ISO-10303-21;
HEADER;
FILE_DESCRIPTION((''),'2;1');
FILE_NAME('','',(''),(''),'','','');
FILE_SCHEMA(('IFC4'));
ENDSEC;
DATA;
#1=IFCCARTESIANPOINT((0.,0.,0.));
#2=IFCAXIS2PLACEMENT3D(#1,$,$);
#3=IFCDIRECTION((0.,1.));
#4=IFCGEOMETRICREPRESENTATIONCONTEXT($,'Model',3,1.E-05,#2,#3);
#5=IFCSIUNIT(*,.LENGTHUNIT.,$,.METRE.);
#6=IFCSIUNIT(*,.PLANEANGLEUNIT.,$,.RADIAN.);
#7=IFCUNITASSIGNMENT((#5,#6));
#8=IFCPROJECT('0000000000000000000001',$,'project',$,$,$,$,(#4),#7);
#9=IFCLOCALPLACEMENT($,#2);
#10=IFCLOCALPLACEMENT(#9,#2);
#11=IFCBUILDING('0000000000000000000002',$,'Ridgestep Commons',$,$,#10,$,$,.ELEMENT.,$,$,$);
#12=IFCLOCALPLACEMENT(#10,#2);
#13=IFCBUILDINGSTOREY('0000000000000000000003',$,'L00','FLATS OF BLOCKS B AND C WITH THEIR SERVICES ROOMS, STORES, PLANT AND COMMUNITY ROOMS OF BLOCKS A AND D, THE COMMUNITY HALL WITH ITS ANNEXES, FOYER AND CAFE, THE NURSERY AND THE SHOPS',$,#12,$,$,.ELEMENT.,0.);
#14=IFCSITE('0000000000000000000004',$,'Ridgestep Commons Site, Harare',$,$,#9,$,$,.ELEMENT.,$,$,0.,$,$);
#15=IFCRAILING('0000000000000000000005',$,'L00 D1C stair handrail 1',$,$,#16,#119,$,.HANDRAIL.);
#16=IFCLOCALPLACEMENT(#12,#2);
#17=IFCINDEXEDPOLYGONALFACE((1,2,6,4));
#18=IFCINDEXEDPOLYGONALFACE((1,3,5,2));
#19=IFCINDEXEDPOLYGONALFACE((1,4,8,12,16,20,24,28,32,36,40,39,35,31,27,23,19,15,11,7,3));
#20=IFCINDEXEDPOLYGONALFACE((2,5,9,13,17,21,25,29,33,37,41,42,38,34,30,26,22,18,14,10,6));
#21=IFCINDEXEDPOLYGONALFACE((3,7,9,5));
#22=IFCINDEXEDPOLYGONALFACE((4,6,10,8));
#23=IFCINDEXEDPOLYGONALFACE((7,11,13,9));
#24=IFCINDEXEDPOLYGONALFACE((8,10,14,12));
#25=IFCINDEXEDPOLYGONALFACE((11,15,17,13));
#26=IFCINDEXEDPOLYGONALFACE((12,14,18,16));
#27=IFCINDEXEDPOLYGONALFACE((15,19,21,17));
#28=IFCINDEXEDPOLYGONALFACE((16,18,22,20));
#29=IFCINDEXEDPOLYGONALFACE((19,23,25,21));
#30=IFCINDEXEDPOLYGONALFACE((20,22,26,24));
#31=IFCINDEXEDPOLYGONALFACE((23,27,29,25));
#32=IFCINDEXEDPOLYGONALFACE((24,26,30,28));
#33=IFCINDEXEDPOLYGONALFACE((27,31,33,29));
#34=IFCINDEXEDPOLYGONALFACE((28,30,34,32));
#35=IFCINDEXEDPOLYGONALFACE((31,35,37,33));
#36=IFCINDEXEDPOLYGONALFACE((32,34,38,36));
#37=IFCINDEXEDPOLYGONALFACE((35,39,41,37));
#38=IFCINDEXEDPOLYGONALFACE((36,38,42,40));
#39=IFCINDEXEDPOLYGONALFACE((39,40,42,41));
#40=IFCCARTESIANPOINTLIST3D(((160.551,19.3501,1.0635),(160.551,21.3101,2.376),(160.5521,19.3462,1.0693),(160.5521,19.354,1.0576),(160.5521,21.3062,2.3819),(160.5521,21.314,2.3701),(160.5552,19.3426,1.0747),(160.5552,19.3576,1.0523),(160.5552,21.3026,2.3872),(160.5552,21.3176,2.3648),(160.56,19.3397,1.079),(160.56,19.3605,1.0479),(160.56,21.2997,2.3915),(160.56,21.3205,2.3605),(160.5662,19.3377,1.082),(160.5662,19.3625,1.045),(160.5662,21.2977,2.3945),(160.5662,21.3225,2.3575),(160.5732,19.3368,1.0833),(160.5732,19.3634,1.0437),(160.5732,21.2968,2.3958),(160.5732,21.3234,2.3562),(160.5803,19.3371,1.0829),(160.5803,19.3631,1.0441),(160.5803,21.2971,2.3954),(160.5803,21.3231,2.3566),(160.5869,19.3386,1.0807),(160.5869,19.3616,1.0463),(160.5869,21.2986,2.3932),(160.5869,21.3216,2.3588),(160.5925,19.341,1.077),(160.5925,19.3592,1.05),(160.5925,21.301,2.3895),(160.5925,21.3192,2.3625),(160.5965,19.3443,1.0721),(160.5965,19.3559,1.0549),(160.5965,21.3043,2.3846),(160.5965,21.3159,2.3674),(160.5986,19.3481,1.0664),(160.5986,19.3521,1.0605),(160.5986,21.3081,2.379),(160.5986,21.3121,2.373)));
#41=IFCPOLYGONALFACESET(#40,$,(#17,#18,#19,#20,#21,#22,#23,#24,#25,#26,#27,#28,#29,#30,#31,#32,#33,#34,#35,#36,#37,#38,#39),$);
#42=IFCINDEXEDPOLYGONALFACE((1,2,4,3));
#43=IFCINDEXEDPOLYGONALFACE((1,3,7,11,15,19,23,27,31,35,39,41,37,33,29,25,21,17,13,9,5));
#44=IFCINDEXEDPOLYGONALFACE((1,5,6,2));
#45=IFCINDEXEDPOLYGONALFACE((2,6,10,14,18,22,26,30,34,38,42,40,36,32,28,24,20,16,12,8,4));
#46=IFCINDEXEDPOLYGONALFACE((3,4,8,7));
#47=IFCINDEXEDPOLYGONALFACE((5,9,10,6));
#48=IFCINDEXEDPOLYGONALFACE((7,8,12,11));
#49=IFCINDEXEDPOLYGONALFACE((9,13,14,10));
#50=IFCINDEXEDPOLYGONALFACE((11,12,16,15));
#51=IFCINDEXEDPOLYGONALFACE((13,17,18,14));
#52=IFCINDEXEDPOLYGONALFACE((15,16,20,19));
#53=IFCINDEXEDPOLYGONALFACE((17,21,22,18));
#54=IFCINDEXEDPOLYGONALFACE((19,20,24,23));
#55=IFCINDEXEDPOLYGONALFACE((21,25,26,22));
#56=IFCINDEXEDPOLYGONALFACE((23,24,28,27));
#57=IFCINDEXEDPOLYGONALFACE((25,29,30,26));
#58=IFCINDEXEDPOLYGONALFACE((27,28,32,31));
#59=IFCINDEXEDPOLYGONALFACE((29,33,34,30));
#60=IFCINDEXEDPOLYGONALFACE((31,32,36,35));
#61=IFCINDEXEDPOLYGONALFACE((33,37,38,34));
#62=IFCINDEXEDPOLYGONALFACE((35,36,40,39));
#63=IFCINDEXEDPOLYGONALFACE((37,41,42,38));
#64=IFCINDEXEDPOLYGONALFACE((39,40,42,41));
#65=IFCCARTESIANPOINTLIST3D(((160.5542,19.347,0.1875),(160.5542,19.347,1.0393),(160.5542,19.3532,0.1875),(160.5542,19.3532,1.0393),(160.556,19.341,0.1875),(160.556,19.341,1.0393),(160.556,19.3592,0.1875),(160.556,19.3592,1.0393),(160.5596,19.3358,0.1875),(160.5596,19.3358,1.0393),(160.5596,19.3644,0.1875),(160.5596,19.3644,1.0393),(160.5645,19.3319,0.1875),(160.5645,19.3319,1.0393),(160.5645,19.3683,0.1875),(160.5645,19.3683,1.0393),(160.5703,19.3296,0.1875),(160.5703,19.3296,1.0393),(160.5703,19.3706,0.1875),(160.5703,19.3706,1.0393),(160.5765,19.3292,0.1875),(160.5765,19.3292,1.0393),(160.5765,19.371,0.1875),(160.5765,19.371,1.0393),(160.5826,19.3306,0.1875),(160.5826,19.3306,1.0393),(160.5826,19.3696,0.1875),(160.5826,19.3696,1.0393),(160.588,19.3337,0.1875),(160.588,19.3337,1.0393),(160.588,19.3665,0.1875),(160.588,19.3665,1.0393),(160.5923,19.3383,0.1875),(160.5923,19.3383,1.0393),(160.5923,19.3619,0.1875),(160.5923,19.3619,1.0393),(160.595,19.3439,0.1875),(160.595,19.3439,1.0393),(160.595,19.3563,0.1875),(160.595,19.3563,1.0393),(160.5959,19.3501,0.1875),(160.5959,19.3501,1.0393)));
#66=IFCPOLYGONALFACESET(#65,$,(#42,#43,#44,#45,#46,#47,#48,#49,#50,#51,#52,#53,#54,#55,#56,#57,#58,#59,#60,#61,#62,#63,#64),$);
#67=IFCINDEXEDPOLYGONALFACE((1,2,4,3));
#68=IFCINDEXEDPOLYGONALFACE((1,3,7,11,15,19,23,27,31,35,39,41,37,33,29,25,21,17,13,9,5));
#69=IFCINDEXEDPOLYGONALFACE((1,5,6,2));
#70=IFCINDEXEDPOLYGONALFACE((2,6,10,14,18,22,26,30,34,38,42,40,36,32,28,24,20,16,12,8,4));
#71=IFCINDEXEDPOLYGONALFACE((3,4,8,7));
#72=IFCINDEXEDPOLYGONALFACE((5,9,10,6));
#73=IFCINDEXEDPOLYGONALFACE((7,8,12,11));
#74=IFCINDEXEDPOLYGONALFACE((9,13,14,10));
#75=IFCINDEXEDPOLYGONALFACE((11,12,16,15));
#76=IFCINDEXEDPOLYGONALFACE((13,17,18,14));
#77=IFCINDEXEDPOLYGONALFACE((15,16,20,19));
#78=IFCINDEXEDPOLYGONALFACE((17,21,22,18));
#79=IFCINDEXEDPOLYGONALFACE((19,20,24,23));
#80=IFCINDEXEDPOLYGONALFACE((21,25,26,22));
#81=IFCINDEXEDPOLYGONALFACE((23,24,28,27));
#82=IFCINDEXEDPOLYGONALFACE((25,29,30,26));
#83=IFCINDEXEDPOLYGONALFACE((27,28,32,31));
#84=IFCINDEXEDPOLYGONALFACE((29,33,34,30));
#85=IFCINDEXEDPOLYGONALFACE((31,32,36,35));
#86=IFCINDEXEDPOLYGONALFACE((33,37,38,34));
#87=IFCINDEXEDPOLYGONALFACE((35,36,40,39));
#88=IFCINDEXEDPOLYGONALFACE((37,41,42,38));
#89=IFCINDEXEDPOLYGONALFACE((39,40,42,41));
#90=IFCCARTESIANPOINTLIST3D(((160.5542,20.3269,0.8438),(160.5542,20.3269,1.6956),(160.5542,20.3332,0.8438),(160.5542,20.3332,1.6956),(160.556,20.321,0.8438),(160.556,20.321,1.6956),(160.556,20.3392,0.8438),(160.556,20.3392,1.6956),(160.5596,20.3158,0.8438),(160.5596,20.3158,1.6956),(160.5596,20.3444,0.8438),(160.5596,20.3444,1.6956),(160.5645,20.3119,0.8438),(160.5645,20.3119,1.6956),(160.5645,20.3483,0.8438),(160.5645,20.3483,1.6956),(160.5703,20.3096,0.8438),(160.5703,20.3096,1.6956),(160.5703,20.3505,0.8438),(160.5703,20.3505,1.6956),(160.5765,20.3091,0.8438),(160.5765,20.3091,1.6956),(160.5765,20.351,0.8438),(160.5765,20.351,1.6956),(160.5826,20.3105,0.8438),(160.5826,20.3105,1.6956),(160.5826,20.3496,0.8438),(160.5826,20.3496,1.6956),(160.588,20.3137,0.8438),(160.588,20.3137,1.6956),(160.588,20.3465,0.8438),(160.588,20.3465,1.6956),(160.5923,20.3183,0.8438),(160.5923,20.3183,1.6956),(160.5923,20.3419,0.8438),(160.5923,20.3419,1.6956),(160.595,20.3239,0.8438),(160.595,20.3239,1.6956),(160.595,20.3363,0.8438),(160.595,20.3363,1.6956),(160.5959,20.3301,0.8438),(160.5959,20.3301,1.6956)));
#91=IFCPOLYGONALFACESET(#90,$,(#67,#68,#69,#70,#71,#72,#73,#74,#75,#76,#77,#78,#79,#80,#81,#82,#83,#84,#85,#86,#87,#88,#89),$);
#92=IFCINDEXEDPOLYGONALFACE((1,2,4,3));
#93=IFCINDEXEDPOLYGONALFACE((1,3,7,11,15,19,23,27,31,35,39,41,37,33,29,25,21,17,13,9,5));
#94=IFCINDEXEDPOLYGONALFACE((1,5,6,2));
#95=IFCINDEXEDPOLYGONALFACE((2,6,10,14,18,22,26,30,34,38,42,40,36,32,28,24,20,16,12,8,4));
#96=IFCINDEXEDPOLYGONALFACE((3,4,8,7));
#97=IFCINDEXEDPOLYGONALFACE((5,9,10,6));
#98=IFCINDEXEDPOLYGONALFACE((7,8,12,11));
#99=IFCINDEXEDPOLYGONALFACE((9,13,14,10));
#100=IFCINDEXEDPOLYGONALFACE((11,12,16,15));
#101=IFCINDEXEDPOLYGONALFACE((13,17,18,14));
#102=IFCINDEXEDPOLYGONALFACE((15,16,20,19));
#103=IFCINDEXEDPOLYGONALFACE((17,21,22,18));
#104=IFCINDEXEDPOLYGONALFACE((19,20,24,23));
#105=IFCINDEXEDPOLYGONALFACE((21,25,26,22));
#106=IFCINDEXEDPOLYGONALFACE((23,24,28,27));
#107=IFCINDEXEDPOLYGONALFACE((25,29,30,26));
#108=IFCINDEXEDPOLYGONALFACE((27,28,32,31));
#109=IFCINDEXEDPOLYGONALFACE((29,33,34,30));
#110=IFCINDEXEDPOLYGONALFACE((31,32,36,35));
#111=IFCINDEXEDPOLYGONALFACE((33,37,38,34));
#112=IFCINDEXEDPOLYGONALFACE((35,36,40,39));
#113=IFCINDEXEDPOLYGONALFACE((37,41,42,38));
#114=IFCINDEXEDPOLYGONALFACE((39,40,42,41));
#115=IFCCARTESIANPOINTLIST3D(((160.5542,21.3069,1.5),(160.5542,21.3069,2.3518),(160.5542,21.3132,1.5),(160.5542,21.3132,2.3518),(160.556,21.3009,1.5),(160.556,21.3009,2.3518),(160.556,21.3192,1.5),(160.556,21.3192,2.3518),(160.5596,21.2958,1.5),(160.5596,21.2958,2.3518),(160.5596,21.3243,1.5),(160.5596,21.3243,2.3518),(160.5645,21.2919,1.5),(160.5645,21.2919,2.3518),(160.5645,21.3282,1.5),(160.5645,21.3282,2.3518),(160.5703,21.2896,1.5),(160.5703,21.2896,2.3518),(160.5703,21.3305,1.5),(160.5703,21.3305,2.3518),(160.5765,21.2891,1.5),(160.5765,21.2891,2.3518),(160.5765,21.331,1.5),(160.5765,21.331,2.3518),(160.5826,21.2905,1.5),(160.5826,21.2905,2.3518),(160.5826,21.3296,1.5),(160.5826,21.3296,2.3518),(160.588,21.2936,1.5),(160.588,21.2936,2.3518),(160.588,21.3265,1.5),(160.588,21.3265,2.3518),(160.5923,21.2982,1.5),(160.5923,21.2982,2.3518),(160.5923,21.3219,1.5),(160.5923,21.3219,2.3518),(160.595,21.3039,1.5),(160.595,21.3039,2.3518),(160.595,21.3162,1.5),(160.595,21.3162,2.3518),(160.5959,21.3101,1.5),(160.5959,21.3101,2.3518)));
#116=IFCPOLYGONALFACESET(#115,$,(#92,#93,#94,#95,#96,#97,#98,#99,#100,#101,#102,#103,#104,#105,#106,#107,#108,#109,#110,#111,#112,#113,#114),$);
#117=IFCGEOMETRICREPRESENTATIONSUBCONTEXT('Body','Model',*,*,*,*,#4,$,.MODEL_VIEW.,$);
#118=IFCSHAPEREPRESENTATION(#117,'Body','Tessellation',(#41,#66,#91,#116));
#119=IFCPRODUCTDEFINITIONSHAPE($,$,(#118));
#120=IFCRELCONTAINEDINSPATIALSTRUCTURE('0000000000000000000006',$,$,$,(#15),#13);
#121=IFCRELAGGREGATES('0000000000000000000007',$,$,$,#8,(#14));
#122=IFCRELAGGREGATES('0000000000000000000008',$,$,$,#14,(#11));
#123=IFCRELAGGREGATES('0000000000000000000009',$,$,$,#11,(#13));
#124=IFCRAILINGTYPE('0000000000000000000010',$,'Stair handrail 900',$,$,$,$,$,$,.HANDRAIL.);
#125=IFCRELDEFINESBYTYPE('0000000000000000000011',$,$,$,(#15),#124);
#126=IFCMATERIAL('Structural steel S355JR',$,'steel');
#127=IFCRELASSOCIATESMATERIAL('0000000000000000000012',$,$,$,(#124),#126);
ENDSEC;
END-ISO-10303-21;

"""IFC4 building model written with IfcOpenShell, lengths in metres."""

from ifc_helpers import new_model, si_unit, direction, frame, origin, origin_2d, place, context, subcontext, project, spatial, circle, extrude, material, type_object, element, save


model = new_model("IFC4")

# Units and contexts
model_context = context("Model", 3, precision=1e-05, world=origin(), true_north=direction((0.0, 1.0)))
body_context = subcontext(model_context, "Body", "Model", "MODEL_VIEW")
ifc_project = project(units=[si_unit("LENGTHUNIT", "METRE"), si_unit("PLANEANGLEUNIT", "RADIAN")], contexts=[model_context])

# Site, building, storey
site_placement = place(None, origin())
site = spatial("IfcSite", under=ifc_project, at=site_placement, Name="Ridgestep Commons Site, Harare", CompositionType="ELEMENT", RefElevation=0.0)
building_placement = place(site_placement, origin())
building = spatial("IfcBuilding", under=site, at=building_placement, Name="Ridgestep Commons", CompositionType="ELEMENT")
storey_placement = place(building_placement, origin())
storey = spatial("IfcBuildingStorey", under=building, at=storey_placement, Name="L00", Description="FLATS OF BLOCKS B AND C WITH THEIR SERVICES ROOMS, STORES, PLANT AND COMMUNITY ROOMS OF BLOCKS A AND D, THE COMMUNITY HALL WITH ITS ANNEXES, FOYER AND CAFE, THE NURSERY AND THE SHOPS", CompositionType="ELEMENT", Elevation=0.0)

# Railing
ifc_material_1 = material(Name="Structural steel S355JR", Category="steel")
railing_type_1 = type_object("IfcRailingType", Name="Stair handrail 900", PredefinedType="HANDRAIL", material=ifc_material_1)
railing_1_placement = place(storey_placement, frame((160.575, 19.3501, 0.1875)))
element("IfcRailing", 1, at=railing_1_placement, inside=storey, type_object=railing_type_1, Name="L00 D1C stair handrail 1", PredefinedType="HANDRAIL", context=body_context, shape_type="SweptSolid", body=[
    extrude(circle(Radius=0.0239, at=origin_2d()), frame((0.0, 0.0, 0.876), z_axis=(0.0, 0.830902, 0.556419), x_axis=(-1.0, 0.0, 0.0)), (0.0, 0.0, 1.0), 2.3589),
    extrude(circle(Radius=0.021, at=origin_2d()), origin(), (0.0, 0.0, 1.0), 0.8518),
    extrude(circle(Radius=0.021, at=origin_2d()), frame((0.0, 0.98, 0.6562)), (0.0, 0.0, 1.0), 0.8518),
    extrude(circle(Radius=0.021, at=origin_2d()), frame((0.0, 1.96, 1.3125)), (0.0, 0.0, 1.0), 0.8518),
])

save(model, "model.ifc")
